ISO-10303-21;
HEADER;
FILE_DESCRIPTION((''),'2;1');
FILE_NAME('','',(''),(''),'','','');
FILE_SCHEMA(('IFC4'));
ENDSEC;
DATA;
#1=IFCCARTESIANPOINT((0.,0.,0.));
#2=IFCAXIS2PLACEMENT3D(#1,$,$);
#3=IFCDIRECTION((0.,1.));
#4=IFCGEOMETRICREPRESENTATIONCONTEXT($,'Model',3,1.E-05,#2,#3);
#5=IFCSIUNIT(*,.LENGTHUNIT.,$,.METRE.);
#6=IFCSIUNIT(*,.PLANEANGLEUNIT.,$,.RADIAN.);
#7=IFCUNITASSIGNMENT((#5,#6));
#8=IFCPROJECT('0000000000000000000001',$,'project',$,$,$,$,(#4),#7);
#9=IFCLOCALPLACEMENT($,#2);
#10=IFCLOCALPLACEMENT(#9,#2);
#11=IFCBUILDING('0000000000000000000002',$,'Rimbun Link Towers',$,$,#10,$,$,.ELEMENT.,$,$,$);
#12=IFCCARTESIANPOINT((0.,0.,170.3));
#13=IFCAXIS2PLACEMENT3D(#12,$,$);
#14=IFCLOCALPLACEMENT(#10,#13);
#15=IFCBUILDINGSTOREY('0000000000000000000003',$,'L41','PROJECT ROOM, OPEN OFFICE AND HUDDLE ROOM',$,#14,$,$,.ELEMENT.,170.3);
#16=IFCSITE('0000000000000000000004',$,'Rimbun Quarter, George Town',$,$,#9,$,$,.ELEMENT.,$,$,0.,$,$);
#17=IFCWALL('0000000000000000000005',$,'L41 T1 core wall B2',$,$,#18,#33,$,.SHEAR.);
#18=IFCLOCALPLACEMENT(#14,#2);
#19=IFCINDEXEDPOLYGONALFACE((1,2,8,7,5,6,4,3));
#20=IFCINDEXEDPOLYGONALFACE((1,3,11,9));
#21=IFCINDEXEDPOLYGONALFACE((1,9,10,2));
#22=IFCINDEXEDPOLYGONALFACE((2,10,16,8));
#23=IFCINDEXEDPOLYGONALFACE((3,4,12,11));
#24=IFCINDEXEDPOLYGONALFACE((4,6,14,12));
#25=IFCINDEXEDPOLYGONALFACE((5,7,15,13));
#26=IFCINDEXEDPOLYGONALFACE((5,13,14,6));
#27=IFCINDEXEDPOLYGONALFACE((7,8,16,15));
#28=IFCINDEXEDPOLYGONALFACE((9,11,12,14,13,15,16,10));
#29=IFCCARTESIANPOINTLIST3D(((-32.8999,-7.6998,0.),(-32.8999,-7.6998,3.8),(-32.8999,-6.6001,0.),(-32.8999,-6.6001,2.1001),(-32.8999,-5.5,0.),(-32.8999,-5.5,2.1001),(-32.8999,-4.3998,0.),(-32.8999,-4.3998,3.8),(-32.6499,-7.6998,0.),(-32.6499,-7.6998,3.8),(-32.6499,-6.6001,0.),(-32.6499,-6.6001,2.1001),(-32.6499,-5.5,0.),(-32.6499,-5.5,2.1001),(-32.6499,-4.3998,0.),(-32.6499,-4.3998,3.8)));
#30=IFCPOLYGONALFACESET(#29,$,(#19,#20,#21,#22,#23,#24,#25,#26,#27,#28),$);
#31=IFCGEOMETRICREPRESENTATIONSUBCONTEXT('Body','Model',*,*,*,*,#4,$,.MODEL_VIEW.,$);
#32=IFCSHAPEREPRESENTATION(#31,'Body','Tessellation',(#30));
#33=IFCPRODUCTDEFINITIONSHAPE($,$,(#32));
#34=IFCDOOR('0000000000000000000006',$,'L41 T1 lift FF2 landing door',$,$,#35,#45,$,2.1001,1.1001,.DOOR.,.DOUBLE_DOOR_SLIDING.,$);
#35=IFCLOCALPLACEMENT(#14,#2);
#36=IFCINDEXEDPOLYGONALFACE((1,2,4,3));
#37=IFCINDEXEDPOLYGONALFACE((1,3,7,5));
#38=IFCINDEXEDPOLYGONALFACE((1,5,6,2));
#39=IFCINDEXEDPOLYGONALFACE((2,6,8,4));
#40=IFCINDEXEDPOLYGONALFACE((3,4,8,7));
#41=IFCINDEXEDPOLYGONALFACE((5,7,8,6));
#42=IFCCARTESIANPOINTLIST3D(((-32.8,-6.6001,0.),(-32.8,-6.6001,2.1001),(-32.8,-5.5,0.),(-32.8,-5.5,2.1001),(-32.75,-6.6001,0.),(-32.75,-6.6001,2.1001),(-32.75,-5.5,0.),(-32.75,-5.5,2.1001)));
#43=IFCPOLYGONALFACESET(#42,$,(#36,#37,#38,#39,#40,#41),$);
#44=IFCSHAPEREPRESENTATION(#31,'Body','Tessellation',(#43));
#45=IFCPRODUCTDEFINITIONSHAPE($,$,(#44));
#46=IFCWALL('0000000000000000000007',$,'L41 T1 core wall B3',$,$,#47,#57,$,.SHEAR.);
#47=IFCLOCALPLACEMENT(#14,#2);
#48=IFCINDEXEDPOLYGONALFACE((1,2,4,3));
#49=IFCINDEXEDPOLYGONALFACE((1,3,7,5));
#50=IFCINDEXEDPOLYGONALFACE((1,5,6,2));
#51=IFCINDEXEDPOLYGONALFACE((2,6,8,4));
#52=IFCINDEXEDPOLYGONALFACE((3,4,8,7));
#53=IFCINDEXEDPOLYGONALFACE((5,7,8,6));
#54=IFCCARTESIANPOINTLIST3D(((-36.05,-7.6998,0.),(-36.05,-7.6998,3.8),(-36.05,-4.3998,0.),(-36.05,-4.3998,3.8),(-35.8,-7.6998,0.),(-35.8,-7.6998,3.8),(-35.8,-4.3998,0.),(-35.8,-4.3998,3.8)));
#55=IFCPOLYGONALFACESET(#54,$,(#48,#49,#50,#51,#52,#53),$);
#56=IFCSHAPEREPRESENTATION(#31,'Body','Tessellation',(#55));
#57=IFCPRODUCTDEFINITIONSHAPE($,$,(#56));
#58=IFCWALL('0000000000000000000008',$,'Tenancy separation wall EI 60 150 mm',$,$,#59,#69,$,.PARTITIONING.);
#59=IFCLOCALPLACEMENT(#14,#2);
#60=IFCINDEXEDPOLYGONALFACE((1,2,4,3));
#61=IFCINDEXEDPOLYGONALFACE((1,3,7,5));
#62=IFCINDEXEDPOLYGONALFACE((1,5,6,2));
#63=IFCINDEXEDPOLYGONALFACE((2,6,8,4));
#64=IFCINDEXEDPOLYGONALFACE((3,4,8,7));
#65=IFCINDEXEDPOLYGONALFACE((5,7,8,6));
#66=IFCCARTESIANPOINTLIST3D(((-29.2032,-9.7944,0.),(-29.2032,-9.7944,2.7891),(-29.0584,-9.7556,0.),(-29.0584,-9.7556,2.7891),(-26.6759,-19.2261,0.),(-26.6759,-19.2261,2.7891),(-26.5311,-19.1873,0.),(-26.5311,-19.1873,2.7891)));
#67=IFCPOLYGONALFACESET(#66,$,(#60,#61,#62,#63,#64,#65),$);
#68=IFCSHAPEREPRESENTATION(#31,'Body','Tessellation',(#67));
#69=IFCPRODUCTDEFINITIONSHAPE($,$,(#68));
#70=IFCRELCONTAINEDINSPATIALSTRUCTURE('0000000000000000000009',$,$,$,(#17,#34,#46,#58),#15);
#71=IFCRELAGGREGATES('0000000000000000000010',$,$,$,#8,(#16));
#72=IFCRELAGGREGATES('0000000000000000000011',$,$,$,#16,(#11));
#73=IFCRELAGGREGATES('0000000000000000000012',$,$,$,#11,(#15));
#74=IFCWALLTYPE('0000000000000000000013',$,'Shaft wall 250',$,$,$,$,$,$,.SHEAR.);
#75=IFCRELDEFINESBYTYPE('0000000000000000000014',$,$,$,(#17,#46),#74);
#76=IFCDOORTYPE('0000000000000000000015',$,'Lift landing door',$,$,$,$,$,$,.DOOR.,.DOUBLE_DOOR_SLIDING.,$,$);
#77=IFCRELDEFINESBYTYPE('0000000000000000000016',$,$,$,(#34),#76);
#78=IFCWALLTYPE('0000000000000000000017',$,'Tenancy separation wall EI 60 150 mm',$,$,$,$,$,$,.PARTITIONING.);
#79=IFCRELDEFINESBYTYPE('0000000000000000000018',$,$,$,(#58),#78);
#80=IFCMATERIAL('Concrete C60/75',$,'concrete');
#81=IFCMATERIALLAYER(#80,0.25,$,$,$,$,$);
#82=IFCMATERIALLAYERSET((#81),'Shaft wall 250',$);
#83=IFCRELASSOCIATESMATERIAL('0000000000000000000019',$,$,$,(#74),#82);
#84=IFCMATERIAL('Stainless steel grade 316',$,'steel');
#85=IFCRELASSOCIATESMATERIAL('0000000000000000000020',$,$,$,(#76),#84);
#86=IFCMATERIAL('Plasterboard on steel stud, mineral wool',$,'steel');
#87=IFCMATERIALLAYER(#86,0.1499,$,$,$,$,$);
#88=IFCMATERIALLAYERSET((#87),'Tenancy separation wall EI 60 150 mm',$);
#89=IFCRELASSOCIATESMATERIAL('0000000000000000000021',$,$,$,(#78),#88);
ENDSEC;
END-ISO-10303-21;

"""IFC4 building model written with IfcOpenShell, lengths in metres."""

from ifc_helpers import new_model, si_unit, direction, frame, frame_2d, origin, place, context, subcontext, project, spatial, rectangle, extrude, material, layer, layer_set, type_object, element, fill, save


model = new_model("IFC4")

# Units and contexts
model_context = context("Model", 3, precision=1e-05, world=origin(), true_north=direction((0.0, 1.0)))
body_context = subcontext(model_context, "Body", "Model", "MODEL_VIEW")
ifc_project = project(units=[si_unit("LENGTHUNIT", "METRE"), si_unit("PLANEANGLEUNIT", "RADIAN")], contexts=[model_context])

# Site, building, storey
site_placement = place(None, origin())
site = spatial("IfcSite", under=ifc_project, at=site_placement, Name="Rimbun Quarter, George Town", CompositionType="ELEMENT", RefElevation=0.0)
building_placement = place(site_placement, origin())
building = spatial("IfcBuilding", under=site, at=building_placement, Name="Rimbun Link Towers", CompositionType="ELEMENT")
storey_placement = place(building_placement, frame((0.0, 0.0, 170.3)))
storey = spatial("IfcBuildingStorey", under=building, at=storey_placement, Name="L41", Description="PROJECT ROOM, OPEN OFFICE AND HUDDLE ROOM", CompositionType="ELEMENT", Elevation=170.3)

# Shared definitions
ifc_material_1 = material(Name="Concrete C60/75", Category="concrete")
ifc_layer_1 = layer(ifc_material_1, 0.25)
ifc_layer_set_1 = layer_set([ifc_layer_1], Name="Shaft wall 250")
wall_type_1 = type_object("IfcWallType", Name="Shaft wall 250", PredefinedType="SHEAR", material=ifc_layer_set_1)

# Wall, opening, door
wall_1_placement = place(storey_placement, frame((-32.7749, -4.3999, 0.0), z_axis=(0.0, 0.0, 1.0), x_axis=(0.0, -1.0, 0.0)))
wall_1 = element("IfcWall", 1, at=wall_1_placement, inside=storey, type_object=wall_type_1, Name="L41 T1 core wall B2", PredefinedType="SHEAR", context=body_context, shape_type="SweptSolid", body=[
    extrude(rectangle(XDim=3.3, YDim=0.25, at=frame_2d((1.6499, 0.0))), origin(), (0.0, 0.0, 1.0), 3.8),
])
opening_1_placement = place(wall_1_placement, frame((1.1001, 0.0, 0.0)))
opening_1 = element("IfcOpeningElement", 2, at=opening_1_placement, cuts=wall_1, PredefinedType="OPENING", context=body_context, shape_type="SweptSolid", body=[
    extrude(rectangle(XDim=1.1001, YDim=2.1001, at=frame_2d((0.55, 1.05))), frame((0.0, 0.135, 0.0), z_axis=(0.0, -1.0, 0.0), x_axis=(1.0, 0.0, 0.0)), (0.0, 0.0, 1.0), 0.27),
])
ifc_material_2 = material(Name="Stainless steel grade 316", Category="steel")
door_type_1 = type_object("IfcDoorType", Name="Lift landing door", OperationType="DOUBLE_DOOR_SLIDING", PredefinedType="DOOR", material=ifc_material_2)
door_1_placement = place(opening_1_placement, origin())
door_1 = element("IfcDoor", 3, at=door_1_placement, inside=storey, type_object=door_type_1, Name="L41 T1 lift FF2 landing door", OperationType="DOUBLE_DOOR_SLIDING", OverallHeight=2.1001, OverallWidth=1.1001, PredefinedType="DOOR", context=body_context, shape_type="SweptSolid", body=[
    extrude(rectangle(XDim=1.1001, YDim=2.1001, at=frame_2d((0.55, 1.05))), frame((0.0, 0.0249, 0.0), z_axis=(0.0, -1.0, 0.0), x_axis=(1.0, 0.0, 0.0)), (0.0, 0.0, 1.0), 0.05),
])
fill(opening_1, door_1)

# Walls
wall_2_placement = place(storey_placement, frame((-35.925, -4.3999, 0.0), z_axis=(0.0, 0.0, 1.0), x_axis=(0.0, -1.0, 0.0)))
element("IfcWall", 4, at=wall_2_placement, inside=storey, type_object=wall_type_1, Name="L41 T1 core wall B3", PredefinedType="SHEAR", context=body_context, shape_type="SweptSolid", body=[
    extrude(rectangle(XDim=3.3, YDim=0.25, at=frame_2d((1.6499, 0.0))), origin(), (0.0, 0.0, 1.0), 3.8),
])
ifc_material_3 = material(Name="Plasterboard on steel stud, mineral wool", Category="steel")
ifc_layer_2 = layer(ifc_material_3, 0.1499)
ifc_layer_set_2 = layer_set([ifc_layer_2], Name="Tenancy separation wall EI 60 150 mm")
wall_type_2 = type_object("IfcWallType", Name="Tenancy separation wall EI 60 150 mm", PredefinedType="PARTITIONING", material=ifc_layer_set_2)
wall_3_placement = place(storey_placement, frame((-29.1309, -9.7749, 0.0), z_axis=(0.0, 0.0, 1.0), x_axis=(0.258833, -0.965922, 0.0)))
element("IfcWall", 5, at=wall_3_placement, inside=storey, type_object=wall_type_2, Name="Tenancy separation wall EI 60 150 mm", PredefinedType="PARTITIONING", context=body_context, shape_type="SweptSolid", body=[
    extrude(rectangle(XDim=9.7644, YDim=0.1499, at=frame_2d((4.8823, 0.0))), origin(), (0.0, 0.0, 1.0), 2.7891),
])

save(model, "model.ifc")
